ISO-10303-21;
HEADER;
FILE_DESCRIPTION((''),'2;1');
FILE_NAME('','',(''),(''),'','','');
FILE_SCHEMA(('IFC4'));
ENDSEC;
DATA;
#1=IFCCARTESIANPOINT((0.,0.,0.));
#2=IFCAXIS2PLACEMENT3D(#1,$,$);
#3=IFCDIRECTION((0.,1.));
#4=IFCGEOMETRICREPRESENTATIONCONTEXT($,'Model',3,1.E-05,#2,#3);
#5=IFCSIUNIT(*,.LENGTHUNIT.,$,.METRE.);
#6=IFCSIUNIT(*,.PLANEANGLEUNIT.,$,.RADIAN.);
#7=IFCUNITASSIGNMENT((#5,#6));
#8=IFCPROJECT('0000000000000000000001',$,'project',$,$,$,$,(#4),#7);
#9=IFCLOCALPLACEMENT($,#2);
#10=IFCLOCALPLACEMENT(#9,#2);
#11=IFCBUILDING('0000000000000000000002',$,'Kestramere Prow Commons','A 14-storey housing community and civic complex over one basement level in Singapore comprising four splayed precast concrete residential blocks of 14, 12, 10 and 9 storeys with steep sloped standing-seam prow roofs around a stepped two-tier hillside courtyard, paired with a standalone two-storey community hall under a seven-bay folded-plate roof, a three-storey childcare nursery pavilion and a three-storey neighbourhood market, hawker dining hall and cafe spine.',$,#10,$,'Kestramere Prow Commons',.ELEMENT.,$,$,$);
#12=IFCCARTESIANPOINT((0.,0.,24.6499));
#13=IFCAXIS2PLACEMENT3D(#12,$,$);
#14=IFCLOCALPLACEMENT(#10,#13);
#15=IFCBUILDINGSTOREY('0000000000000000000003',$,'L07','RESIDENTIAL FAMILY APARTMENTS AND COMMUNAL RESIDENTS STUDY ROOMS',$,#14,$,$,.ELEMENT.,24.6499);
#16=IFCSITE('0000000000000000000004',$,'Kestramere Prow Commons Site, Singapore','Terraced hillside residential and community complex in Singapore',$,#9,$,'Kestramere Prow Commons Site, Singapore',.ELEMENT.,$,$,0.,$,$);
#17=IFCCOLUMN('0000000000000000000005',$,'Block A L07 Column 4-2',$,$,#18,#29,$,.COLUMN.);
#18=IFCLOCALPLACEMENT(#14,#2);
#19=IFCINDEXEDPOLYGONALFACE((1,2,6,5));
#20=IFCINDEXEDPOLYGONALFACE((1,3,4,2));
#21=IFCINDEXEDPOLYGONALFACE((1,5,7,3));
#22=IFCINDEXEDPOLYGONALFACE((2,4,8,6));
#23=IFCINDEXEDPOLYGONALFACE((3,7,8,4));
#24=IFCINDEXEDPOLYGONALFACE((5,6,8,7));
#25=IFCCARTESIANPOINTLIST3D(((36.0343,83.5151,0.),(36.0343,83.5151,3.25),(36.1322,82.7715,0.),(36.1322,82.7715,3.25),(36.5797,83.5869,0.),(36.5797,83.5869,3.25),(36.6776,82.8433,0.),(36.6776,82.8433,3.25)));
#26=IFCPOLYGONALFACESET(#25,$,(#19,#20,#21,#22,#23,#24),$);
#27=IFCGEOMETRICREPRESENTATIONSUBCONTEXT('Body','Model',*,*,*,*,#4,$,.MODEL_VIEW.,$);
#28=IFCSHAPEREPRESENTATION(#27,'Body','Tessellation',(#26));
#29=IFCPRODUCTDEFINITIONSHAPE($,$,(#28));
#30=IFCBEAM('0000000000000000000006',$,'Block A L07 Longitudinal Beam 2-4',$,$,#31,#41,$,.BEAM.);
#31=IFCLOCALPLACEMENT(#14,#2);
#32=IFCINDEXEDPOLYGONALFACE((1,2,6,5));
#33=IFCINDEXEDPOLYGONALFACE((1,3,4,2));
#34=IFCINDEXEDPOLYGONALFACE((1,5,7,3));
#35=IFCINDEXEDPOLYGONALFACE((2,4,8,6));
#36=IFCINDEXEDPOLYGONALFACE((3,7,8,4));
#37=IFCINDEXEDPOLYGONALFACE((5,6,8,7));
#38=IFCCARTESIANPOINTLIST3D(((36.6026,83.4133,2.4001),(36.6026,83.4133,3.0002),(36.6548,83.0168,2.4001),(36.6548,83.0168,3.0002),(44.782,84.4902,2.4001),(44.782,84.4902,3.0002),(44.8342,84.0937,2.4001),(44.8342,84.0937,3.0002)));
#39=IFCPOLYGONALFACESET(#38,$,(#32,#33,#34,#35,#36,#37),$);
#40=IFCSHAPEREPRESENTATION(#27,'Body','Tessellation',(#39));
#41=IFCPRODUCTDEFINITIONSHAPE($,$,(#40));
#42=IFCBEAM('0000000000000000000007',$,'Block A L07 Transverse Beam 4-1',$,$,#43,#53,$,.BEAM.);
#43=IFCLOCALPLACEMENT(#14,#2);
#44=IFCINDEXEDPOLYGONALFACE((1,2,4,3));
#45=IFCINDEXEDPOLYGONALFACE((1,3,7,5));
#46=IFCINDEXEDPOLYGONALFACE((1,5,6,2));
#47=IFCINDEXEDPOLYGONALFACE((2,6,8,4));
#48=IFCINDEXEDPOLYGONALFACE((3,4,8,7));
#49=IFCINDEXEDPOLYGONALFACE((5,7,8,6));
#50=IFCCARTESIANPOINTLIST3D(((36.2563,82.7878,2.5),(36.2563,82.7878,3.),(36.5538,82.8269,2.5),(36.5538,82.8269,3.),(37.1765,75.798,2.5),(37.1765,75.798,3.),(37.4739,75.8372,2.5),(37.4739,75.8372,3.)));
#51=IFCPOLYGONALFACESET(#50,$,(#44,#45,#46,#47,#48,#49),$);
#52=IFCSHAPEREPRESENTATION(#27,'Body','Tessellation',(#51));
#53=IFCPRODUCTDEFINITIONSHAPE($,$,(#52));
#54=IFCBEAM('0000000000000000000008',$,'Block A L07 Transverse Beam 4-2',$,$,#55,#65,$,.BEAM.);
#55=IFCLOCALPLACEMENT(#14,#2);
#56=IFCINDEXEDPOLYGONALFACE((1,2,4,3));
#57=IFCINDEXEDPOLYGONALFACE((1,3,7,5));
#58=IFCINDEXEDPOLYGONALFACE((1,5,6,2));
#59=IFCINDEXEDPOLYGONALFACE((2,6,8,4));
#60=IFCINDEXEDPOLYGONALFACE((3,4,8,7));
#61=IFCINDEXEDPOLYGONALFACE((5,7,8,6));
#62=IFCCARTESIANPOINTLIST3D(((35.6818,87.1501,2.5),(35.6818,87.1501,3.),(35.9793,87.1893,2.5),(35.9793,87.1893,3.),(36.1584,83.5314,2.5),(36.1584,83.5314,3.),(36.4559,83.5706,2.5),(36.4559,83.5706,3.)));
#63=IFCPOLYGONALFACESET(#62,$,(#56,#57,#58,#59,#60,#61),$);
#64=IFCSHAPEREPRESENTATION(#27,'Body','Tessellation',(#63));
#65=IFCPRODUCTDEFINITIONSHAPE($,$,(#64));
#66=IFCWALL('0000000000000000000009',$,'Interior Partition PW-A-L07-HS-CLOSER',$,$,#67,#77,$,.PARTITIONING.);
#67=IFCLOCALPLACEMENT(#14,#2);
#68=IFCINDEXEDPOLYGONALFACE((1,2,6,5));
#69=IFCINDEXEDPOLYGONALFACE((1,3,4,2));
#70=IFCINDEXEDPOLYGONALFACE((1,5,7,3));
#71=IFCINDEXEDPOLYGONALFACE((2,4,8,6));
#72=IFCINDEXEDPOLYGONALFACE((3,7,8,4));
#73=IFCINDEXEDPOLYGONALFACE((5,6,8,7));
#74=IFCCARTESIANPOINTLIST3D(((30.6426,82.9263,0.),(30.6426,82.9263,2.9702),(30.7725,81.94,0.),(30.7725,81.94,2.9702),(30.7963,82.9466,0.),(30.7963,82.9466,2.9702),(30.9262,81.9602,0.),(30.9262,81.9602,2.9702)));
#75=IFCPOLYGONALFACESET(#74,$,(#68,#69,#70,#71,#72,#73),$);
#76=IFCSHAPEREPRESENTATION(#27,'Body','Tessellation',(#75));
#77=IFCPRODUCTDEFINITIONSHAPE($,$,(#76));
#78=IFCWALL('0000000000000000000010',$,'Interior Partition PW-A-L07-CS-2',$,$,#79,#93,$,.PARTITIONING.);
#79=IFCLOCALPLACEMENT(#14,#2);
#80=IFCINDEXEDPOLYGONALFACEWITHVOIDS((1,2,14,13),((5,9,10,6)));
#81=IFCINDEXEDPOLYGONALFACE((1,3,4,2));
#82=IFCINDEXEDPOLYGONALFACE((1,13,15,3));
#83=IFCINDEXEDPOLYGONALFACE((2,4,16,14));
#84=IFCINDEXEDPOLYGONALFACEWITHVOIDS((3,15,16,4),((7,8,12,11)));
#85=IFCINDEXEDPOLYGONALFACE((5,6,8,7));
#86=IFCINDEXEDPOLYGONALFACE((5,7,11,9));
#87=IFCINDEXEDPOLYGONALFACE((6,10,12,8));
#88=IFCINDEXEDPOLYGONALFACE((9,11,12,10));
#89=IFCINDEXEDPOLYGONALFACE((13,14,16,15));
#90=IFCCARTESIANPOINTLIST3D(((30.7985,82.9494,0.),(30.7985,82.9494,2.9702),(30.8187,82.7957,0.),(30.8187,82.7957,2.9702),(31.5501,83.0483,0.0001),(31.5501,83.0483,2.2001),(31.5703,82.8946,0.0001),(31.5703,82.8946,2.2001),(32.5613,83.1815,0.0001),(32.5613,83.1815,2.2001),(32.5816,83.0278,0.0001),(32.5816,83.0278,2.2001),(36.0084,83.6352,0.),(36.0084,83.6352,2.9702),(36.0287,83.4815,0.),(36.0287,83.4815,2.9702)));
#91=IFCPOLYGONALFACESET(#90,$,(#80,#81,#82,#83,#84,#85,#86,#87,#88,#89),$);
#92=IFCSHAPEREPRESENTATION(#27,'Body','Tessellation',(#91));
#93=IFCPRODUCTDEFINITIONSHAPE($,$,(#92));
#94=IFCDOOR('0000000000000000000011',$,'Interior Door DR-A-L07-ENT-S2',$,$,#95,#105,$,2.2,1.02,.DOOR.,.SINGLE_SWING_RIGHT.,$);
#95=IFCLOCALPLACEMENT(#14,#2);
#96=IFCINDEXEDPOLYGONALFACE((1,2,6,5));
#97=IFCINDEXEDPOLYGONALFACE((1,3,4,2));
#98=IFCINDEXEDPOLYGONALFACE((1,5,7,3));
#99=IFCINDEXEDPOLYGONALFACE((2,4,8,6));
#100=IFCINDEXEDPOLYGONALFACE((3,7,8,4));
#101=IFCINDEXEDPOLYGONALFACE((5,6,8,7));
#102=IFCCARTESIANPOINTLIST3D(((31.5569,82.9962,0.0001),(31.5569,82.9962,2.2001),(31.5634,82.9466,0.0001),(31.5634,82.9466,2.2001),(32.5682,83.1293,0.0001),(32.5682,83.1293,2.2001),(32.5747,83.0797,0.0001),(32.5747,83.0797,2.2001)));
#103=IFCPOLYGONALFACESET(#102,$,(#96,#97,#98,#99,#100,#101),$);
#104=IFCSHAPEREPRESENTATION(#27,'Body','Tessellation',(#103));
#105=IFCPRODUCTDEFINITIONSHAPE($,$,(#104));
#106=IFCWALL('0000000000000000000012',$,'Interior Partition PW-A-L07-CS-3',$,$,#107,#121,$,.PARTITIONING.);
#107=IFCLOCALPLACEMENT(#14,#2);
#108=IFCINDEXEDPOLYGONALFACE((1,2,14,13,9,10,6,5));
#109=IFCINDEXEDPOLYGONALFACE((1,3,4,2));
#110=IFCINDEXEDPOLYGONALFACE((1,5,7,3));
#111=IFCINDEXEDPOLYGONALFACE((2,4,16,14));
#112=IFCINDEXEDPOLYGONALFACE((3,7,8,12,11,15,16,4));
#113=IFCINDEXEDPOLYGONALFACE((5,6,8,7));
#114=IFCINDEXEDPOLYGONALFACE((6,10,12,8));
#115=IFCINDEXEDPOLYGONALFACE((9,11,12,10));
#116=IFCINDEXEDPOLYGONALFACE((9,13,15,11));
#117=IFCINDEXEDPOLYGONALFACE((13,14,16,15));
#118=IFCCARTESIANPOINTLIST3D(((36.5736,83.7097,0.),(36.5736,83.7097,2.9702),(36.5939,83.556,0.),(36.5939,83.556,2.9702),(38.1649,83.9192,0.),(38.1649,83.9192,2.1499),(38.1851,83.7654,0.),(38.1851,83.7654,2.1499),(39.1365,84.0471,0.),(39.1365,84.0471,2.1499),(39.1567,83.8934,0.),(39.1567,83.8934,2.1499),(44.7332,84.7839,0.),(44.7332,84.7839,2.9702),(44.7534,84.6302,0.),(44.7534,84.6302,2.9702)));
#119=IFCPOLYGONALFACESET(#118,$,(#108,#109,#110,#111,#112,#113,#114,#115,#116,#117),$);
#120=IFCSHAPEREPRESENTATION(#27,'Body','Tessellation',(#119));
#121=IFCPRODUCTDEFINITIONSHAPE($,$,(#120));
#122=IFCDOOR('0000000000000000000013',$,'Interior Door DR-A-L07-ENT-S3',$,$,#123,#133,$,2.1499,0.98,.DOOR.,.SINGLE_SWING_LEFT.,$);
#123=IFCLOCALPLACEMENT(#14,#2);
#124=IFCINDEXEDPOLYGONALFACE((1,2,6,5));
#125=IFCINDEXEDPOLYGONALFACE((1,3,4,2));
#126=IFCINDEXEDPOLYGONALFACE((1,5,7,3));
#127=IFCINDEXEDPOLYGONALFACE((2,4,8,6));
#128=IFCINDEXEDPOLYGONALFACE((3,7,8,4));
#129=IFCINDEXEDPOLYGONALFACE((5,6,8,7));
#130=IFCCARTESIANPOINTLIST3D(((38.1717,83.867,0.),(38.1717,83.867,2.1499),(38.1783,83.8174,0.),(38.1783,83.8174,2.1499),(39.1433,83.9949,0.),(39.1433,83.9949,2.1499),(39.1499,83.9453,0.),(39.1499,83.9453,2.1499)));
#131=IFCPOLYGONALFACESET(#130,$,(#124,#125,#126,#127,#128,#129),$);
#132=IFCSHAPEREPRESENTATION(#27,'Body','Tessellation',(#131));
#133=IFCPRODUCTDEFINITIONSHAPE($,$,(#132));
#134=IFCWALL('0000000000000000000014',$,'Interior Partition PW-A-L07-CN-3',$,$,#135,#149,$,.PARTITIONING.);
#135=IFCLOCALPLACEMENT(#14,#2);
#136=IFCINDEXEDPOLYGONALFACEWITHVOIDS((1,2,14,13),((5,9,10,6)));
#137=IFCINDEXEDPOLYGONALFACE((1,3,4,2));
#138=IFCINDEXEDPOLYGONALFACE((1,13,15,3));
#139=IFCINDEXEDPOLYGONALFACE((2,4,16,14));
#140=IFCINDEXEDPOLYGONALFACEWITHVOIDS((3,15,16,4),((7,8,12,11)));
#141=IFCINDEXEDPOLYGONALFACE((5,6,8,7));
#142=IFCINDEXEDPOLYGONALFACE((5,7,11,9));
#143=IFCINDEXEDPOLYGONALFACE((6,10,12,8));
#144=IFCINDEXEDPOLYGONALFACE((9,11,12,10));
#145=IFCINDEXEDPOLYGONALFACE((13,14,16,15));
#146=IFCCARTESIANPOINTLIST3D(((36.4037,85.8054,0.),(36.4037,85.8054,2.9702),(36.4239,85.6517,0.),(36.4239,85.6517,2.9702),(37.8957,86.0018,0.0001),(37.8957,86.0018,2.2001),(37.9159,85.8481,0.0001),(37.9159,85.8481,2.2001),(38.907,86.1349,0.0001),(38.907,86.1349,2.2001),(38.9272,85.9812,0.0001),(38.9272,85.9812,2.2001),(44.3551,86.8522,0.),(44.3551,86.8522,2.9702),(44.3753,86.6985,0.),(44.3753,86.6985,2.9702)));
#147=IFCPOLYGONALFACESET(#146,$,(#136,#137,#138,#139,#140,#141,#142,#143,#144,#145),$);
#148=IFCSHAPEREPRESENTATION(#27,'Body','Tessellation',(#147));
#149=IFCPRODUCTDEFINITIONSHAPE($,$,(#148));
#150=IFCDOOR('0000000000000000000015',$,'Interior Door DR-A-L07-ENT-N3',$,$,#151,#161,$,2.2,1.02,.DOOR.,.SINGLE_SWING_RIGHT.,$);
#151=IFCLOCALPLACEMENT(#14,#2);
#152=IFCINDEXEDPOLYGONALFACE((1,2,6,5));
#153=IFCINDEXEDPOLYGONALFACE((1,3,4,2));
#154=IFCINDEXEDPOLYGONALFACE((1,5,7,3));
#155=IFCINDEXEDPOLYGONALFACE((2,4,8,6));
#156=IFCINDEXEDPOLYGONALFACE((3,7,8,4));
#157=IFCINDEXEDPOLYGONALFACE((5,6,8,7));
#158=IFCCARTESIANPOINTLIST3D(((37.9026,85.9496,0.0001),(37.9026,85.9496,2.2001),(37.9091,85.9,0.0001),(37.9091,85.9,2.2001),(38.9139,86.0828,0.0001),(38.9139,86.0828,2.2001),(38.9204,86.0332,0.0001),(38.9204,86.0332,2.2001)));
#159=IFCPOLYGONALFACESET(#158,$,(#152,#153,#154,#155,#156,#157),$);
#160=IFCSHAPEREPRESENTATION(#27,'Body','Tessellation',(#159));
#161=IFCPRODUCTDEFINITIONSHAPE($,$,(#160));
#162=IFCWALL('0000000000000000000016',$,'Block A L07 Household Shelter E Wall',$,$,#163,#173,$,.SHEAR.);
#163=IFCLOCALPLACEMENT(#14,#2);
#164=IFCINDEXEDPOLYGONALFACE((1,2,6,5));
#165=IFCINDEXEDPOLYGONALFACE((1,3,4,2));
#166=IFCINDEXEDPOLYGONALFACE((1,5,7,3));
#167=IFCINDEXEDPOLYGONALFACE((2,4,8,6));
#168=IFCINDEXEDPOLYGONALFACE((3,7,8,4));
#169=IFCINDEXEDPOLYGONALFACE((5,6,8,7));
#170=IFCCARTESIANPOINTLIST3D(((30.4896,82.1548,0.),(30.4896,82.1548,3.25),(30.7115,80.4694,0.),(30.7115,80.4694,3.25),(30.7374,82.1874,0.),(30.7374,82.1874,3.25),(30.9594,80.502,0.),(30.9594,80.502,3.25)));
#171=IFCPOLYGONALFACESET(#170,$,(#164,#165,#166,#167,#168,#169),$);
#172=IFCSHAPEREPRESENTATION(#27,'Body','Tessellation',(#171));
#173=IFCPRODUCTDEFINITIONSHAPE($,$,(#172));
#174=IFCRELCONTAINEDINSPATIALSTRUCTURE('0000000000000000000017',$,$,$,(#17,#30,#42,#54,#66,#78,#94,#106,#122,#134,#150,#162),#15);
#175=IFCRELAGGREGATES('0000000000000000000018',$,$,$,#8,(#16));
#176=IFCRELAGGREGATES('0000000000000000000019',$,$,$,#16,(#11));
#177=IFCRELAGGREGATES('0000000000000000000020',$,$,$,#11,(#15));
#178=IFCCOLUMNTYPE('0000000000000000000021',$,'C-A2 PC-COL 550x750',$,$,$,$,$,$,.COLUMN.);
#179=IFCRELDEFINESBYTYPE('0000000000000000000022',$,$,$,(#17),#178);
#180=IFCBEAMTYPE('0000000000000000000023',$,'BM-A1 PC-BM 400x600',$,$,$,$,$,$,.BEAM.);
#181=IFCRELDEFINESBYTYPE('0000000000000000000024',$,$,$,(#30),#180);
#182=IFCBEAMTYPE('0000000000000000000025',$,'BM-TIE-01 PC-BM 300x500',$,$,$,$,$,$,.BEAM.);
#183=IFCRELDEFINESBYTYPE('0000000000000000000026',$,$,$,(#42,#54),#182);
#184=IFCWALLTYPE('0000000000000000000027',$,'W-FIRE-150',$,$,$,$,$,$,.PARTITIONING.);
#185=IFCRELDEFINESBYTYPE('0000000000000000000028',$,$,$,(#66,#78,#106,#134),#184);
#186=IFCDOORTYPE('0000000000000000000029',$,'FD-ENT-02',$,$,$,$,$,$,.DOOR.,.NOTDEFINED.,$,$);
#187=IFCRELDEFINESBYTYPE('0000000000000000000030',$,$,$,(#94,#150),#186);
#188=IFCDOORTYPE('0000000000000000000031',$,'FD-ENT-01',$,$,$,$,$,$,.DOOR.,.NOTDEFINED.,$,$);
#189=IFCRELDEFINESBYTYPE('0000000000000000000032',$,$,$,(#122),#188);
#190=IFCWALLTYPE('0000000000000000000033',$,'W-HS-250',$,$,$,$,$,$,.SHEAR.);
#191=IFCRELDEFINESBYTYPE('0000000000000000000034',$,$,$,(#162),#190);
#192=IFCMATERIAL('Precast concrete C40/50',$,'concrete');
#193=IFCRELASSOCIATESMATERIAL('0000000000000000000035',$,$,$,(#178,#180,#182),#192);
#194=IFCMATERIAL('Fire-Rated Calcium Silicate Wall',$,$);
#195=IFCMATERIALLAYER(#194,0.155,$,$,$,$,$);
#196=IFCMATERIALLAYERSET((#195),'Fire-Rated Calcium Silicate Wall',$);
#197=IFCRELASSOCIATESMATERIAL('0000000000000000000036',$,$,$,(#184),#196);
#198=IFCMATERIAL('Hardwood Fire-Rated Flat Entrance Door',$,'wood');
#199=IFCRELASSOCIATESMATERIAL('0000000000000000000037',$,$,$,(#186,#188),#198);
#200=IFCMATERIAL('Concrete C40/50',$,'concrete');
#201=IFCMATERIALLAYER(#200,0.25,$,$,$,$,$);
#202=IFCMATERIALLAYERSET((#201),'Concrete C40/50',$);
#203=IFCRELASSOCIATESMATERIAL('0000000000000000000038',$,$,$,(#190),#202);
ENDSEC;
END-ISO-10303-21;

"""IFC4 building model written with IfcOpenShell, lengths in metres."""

from ifc_helpers import new_model, si_unit, direction, frame, frame_2d, origin, origin_2d, place, context, subcontext, project, spatial, rectangle, extrude, material, layer, layer_set, material_profile, profile_set, type_object, element, fill, save


model = new_model("IFC4")

# Units and contexts
model_context = context("Model", 3, precision=1e-05, world=origin(), true_north=direction((0.0, 1.0)))
body_context = subcontext(model_context, "Body", "Model", "MODEL_VIEW")
ifc_project = project(units=[si_unit("LENGTHUNIT", "METRE"), si_unit("PLANEANGLEUNIT", "RADIAN")], contexts=[model_context])

# Site, building, storey
site_placement = place(None, origin())
site = spatial("IfcSite", under=ifc_project, at=site_placement, Name="Kestramere Prow Commons Site, Singapore", Description="Terraced hillside residential and community complex in Singapore", LongName="Kestramere Prow Commons Site, Singapore", CompositionType="ELEMENT", RefElevation=0.0)
building_placement = place(site_placement, origin())
building = spatial("IfcBuilding", under=site, at=building_placement, Name="Kestramere Prow Commons", Description="A 14-storey housing community and civic complex over one basement level in Singapore comprising four splayed precast concrete residential blocks of 14, 12, 10 and 9 storeys with steep sloped standing-seam prow roofs around a stepped two-tier hillside courtyard, paired with a standalone two-storey community hall under a seven-bay folded-plate roof, a three-storey childcare nursery pavilion and a three-storey neighbourhood market, hawker dining hall and cafe spine.", LongName="Kestramere Prow Commons", CompositionType="ELEMENT")
storey_placement = place(building_placement, frame((0.0, 0.0, 24.6499)))
storey = spatial("IfcBuildingStorey", under=building, at=storey_placement, Name="L07", Description="RESIDENTIAL FAMILY APARTMENTS AND COMMUNAL RESIDENTS STUDY ROOMS", CompositionType="ELEMENT", Elevation=24.6499)

# Column
ifc_material_1 = material(Name="Precast concrete C40/50", Category="concrete")
ifc_material_profile_1 = material_profile(ifc_material_1, rectangle(XDim=0.55, YDim=0.75, at=origin_2d()), Name="PC-COL 550x750")
ifc_profile_set_1 = profile_set([ifc_material_profile_1], Name="Precast concrete C40/50")
column_type = type_object("IfcColumnType", Name="C-A2 PC-COL 550x750", PredefinedType="COLUMN", material=ifc_profile_set_1)
column_placement = place(storey_placement, frame((36.356, 83.1792, 0.0), z_axis=(0.0, 0.0, 1.0), x_axis=(0.991445, 0.130526, 0.0)))
element("IfcColumn", 1, at=column_placement, inside=storey, type_object=column_type, Name="Block A L07 Column 4-2", PredefinedType="COLUMN", context=body_context, shape_type="SweptSolid", body=[
    extrude(rectangle(XDim=0.55, YDim=0.75, at=origin_2d()), origin(), (0.0, 0.0, 1.0), 3.25),
])

# Beams
ifc_material_profile_2 = material_profile(ifc_material_1, rectangle(XDim=0.3999, YDim=0.6001, at=origin_2d()), Name="PC-BM 400x600")
ifc_profile_set_2 = profile_set([ifc_material_profile_2], Name="Precast concrete C40/50")
beam_type_1 = type_object("IfcBeamType", Name="BM-A1 PC-BM 400x600", PredefinedType="BEAM", material=ifc_profile_set_2)
beam_1_placement = place(storey_placement, frame((36.6287, 83.2151, 2.7002), z_axis=(0.991444, 0.130533, 0.0), x_axis=(-0.130533, 0.991444, 0.0)))
element("IfcBeam", 2, at=beam_1_placement, inside=storey, type_object=beam_type_1, Name="Block A L07 Longitudinal Beam 2-4", PredefinedType="BEAM", context=body_context, shape_type="SweptSolid", body=[
    extrude(rectangle(XDim=0.3999, YDim=0.6001, at=origin_2d()), origin(), (0.0, 0.0, 1.0), 8.25),
])
ifc_material_profile_3 = material_profile(ifc_material_1, rectangle(XDim=0.3, YDim=0.5, at=origin_2d()), Name="PC-BM 300x500")
ifc_profile_set_3 = profile_set([ifc_material_profile_3], Name="Precast concrete C40/50")
beam_type_2 = type_object("IfcBeamType", Name="BM-TIE-01 PC-BM 300x500", PredefinedType="BEAM", material=ifc_profile_set_3)
beam_2_placement = place(storey_placement, frame((37.3252, 75.8176, 2.75), z_axis=(-0.130519, 0.991446, 0.0), x_axis=(-0.991446, -0.130519, 0.0)))
element("IfcBeam", 3, at=beam_2_placement, inside=storey, type_object=beam_type_2, Name="Block A L07 Transverse Beam 4-1", PredefinedType="BEAM", context=body_context, shape_type="SweptSolid", body=[
    extrude(rectangle(XDim=0.3, YDim=0.5, at=origin_2d()), origin(), (0.0, 0.0, 1.0), 7.05),
])
beam_3_placement = place(storey_placement, frame((36.3071, 83.551, 2.75), z_axis=(-0.130569, 0.991439, 0.0), x_axis=(-0.991439, -0.130569, 0.0)))
element("IfcBeam", 4, at=beam_3_placement, inside=storey, type_object=beam_type_2, Name="Block A L07 Transverse Beam 4-2", PredefinedType="BEAM", context=body_context, shape_type="SweptSolid", body=[
    extrude(rectangle(XDim=0.3, YDim=0.5, at=origin_2d()), origin(), (0.0, 0.0, 1.0), 3.6499),
])

# Wall
ifc_material_2 = material(Name="Fire-Rated Calcium Silicate Wall")
ifc_layer_1 = layer(ifc_material_2, 0.155)
ifc_layer_set_1 = layer_set([ifc_layer_1], Name="Fire-Rated Calcium Silicate Wall")
wall_type_1 = type_object("IfcWallType", Name="W-FIRE-150", PredefinedType="PARTITIONING", material=ifc_layer_set_1)
wall_1_placement = place(storey_placement, frame((30.8494, 81.95, 0.0), z_axis=(0.0, 0.0, 1.0), x_axis=(-0.130556, 0.991441, 0.0)))
element("IfcWall", 5, at=wall_1_placement, inside=storey, type_object=wall_type_1, Name="Interior Partition PW-A-L07-HS-CLOSER", PredefinedType="PARTITIONING", context=body_context, shape_type="SweptSolid", body=[
    extrude(rectangle(XDim=0.9949, YDim=0.155, at=frame_2d((0.4976, 0.0))), origin(), (0.0, 0.0, 1.0), 2.9702),
])

# Walls, openings, doors
wall_2_placement = place(storey_placement, frame((30.8086, 82.8726, 0.0), z_axis=(0.0, 0.0, 1.0), x_axis=(0.991448, 0.130505, 0.0)))
wall_2 = element("IfcWall", 6, at=wall_2_placement, inside=storey, type_object=wall_type_1, Name="Interior Partition PW-A-L07-CS-2", PredefinedType="PARTITIONING", context=body_context, shape_type="SweptSolid", body=[
    extrude(rectangle(XDim=5.2549, YDim=0.155, at=frame_2d((2.6274, 0.0))), origin(), (0.0, 0.0, 1.0), 2.9702),
])
opening_1_placement = place(wall_2_placement, frame((0.7581, 0.0, 0.0)))
opening_1 = element("IfcOpeningElement", 7, at=opening_1_placement, cuts=wall_2, PredefinedType="OPENING", context=body_context, shape_type="SweptSolid", body=[
    extrude(rectangle(XDim=1.02, YDim=2.2, at=frame_2d((0.51, 1.1001))), frame((0.0, 0.0925, 0.0), z_axis=(0.0, -1.0, 0.0), x_axis=(1.0, 0.0, 0.0)), (0.0, 0.0, 1.0), 0.1851),
])
ifc_material_3 = material(Name="Hardwood Fire-Rated Flat Entrance Door", Category="wood")
door_type_1 = type_object("IfcDoorType", Name="FD-ENT-02", OperationType="NOTDEFINED", PredefinedType="DOOR", material=ifc_material_3)
door_1_placement = place(opening_1_placement, origin())
door_1 = element("IfcDoor", 8, at=door_1_placement, inside=storey, type_object=door_type_1, Name="Interior Door DR-A-L07-ENT-S2", OperationType="SINGLE_SWING_RIGHT", OverallHeight=2.2, OverallWidth=1.02, PredefinedType="DOOR", context=body_context, shape_type="SweptSolid", body=[
    extrude(rectangle(XDim=1.02, YDim=2.2, at=frame_2d((0.51, 1.1001))), frame((0.0, 0.0249, 0.0), z_axis=(0.0, -1.0, 0.0), x_axis=(1.0, 0.0, 0.0)), (0.0, 0.0, 1.0), 0.05),
])
fill(opening_1, door_1)
wall_3_placement = place(storey_placement, frame((36.5837, 83.6328, 0.0), z_axis=(0.0, 0.0, 1.0), x_axis=(0.991445, 0.130524, 0.0)))
wall_3 = element("IfcWall", 9, at=wall_3_placement, inside=storey, type_object=wall_type_1, Name="Interior Partition PW-A-L07-CS-3", PredefinedType="PARTITIONING", context=body_context, shape_type="SweptSolid", body=[
    extrude(rectangle(XDim=8.23, YDim=0.155, at=frame_2d((4.115, 0.0))), origin(), (0.0, 0.0, 1.0), 2.9702),
])
opening_2_placement = place(wall_3_placement, frame((1.605, 0.0, 0.0)))
opening_2 = element("IfcOpeningElement", 10, at=opening_2_placement, cuts=wall_3, PredefinedType="OPENING", context=body_context, shape_type="SweptSolid", body=[
    extrude(rectangle(XDim=0.98, YDim=2.1499, at=frame_2d((0.49, 1.075))), frame((0.0, 0.0925, 0.0), z_axis=(0.0, -1.0, 0.0), x_axis=(1.0, 0.0, 0.0)), (0.0, 0.0, 1.0), 0.1851),
])
door_type_2 = type_object("IfcDoorType", Name="FD-ENT-01", OperationType="NOTDEFINED", PredefinedType="DOOR", material=ifc_material_3)
door_2_placement = place(opening_2_placement, origin())
door_2 = element("IfcDoor", 11, at=door_2_placement, inside=storey, type_object=door_type_2, Name="Interior Door DR-A-L07-ENT-S3", OperationType="SINGLE_SWING_LEFT", OverallHeight=2.1499, OverallWidth=0.98, PredefinedType="DOOR", context=body_context, shape_type="SweptSolid", body=[
    extrude(rectangle(XDim=0.98, YDim=2.1499, at=frame_2d((0.49, 1.075))), frame((0.0, 0.0249, 0.0), z_axis=(0.0, -1.0, 0.0), x_axis=(1.0, 0.0, 0.0)), (0.0, 0.0, 1.0), 0.05),
])
fill(opening_2, door_2)
wall_4_placement = place(storey_placement, frame((36.4138, 85.7285, 0.0), z_axis=(0.0, 0.0, 1.0), x_axis=(0.991444, 0.130532, 0.0)))
wall_4 = element("IfcWall", 12, at=wall_4_placement, inside=storey, type_object=wall_type_1, Name="Interior Partition PW-A-L07-CN-3", PredefinedType="PARTITIONING", context=body_context, shape_type="SweptSolid", body=[
    extrude(rectangle(XDim=8.02, YDim=0.155, at=frame_2d((4.01, 0.0))), origin(), (0.0, 0.0, 1.0), 2.9702),
])
opening_3_placement = place(wall_4_placement, frame((1.5049, 0.0, 0.0)))
opening_3 = element("IfcOpeningElement", 13, at=opening_3_placement, cuts=wall_4, PredefinedType="OPENING", context=body_context, shape_type="SweptSolid", body=[
    extrude(rectangle(XDim=1.02, YDim=2.2, at=frame_2d((0.51, 1.1001))), frame((0.0, 0.0925, 0.0), z_axis=(0.0, -1.0, 0.0), x_axis=(1.0, 0.0, 0.0)), (0.0, 0.0, 1.0), 0.1851),
])
door_3_placement = place(opening_3_placement, origin())
door_3 = element("IfcDoor", 14, at=door_3_placement, inside=storey, type_object=door_type_1, Name="Interior Door DR-A-L07-ENT-N3", OperationType="SINGLE_SWING_RIGHT", OverallHeight=2.2, OverallWidth=1.02, PredefinedType="DOOR", context=body_context, shape_type="SweptSolid", body=[
    extrude(rectangle(XDim=1.02, YDim=2.2, at=frame_2d((0.51, 1.1001))), frame((0.0, 0.0249, 0.0), z_axis=(0.0, -1.0, 0.0), x_axis=(1.0, 0.0, 0.0)), (0.0, 0.0, 1.0), 0.05),
])
fill(opening_3, door_3)

# Wall
ifc_material_4 = material(Name="Concrete C40/50", Category="concrete")
ifc_layer_2 = layer(ifc_material_4, 0.25)
ifc_layer_set_2 = layer_set([ifc_layer_2], Name="Concrete C40/50")
wall_type_2 = type_object("IfcWallType", Name="W-HS-250", PredefinedType="SHEAR", material=ifc_layer_set_2)
wall_5_placement = place(storey_placement, frame((30.8354, 80.4856, 0.0), z_axis=(0.0, 0.0, 1.0), x_axis=(-0.130555, 0.991441, 0.0)))
element("IfcWall", 15, at=wall_5_placement, inside=storey, type_object=wall_type_2, Name="Block A L07 Household Shelter E Wall", PredefinedType="SHEAR", context=body_context, shape_type="SweptSolid", body=[
    extrude(rectangle(XDim=1.7, YDim=0.25, at=frame_2d((0.8501, 0.0))), origin(), (0.0, 0.0, 1.0), 3.25),
])

save(model, "model.ifc")
